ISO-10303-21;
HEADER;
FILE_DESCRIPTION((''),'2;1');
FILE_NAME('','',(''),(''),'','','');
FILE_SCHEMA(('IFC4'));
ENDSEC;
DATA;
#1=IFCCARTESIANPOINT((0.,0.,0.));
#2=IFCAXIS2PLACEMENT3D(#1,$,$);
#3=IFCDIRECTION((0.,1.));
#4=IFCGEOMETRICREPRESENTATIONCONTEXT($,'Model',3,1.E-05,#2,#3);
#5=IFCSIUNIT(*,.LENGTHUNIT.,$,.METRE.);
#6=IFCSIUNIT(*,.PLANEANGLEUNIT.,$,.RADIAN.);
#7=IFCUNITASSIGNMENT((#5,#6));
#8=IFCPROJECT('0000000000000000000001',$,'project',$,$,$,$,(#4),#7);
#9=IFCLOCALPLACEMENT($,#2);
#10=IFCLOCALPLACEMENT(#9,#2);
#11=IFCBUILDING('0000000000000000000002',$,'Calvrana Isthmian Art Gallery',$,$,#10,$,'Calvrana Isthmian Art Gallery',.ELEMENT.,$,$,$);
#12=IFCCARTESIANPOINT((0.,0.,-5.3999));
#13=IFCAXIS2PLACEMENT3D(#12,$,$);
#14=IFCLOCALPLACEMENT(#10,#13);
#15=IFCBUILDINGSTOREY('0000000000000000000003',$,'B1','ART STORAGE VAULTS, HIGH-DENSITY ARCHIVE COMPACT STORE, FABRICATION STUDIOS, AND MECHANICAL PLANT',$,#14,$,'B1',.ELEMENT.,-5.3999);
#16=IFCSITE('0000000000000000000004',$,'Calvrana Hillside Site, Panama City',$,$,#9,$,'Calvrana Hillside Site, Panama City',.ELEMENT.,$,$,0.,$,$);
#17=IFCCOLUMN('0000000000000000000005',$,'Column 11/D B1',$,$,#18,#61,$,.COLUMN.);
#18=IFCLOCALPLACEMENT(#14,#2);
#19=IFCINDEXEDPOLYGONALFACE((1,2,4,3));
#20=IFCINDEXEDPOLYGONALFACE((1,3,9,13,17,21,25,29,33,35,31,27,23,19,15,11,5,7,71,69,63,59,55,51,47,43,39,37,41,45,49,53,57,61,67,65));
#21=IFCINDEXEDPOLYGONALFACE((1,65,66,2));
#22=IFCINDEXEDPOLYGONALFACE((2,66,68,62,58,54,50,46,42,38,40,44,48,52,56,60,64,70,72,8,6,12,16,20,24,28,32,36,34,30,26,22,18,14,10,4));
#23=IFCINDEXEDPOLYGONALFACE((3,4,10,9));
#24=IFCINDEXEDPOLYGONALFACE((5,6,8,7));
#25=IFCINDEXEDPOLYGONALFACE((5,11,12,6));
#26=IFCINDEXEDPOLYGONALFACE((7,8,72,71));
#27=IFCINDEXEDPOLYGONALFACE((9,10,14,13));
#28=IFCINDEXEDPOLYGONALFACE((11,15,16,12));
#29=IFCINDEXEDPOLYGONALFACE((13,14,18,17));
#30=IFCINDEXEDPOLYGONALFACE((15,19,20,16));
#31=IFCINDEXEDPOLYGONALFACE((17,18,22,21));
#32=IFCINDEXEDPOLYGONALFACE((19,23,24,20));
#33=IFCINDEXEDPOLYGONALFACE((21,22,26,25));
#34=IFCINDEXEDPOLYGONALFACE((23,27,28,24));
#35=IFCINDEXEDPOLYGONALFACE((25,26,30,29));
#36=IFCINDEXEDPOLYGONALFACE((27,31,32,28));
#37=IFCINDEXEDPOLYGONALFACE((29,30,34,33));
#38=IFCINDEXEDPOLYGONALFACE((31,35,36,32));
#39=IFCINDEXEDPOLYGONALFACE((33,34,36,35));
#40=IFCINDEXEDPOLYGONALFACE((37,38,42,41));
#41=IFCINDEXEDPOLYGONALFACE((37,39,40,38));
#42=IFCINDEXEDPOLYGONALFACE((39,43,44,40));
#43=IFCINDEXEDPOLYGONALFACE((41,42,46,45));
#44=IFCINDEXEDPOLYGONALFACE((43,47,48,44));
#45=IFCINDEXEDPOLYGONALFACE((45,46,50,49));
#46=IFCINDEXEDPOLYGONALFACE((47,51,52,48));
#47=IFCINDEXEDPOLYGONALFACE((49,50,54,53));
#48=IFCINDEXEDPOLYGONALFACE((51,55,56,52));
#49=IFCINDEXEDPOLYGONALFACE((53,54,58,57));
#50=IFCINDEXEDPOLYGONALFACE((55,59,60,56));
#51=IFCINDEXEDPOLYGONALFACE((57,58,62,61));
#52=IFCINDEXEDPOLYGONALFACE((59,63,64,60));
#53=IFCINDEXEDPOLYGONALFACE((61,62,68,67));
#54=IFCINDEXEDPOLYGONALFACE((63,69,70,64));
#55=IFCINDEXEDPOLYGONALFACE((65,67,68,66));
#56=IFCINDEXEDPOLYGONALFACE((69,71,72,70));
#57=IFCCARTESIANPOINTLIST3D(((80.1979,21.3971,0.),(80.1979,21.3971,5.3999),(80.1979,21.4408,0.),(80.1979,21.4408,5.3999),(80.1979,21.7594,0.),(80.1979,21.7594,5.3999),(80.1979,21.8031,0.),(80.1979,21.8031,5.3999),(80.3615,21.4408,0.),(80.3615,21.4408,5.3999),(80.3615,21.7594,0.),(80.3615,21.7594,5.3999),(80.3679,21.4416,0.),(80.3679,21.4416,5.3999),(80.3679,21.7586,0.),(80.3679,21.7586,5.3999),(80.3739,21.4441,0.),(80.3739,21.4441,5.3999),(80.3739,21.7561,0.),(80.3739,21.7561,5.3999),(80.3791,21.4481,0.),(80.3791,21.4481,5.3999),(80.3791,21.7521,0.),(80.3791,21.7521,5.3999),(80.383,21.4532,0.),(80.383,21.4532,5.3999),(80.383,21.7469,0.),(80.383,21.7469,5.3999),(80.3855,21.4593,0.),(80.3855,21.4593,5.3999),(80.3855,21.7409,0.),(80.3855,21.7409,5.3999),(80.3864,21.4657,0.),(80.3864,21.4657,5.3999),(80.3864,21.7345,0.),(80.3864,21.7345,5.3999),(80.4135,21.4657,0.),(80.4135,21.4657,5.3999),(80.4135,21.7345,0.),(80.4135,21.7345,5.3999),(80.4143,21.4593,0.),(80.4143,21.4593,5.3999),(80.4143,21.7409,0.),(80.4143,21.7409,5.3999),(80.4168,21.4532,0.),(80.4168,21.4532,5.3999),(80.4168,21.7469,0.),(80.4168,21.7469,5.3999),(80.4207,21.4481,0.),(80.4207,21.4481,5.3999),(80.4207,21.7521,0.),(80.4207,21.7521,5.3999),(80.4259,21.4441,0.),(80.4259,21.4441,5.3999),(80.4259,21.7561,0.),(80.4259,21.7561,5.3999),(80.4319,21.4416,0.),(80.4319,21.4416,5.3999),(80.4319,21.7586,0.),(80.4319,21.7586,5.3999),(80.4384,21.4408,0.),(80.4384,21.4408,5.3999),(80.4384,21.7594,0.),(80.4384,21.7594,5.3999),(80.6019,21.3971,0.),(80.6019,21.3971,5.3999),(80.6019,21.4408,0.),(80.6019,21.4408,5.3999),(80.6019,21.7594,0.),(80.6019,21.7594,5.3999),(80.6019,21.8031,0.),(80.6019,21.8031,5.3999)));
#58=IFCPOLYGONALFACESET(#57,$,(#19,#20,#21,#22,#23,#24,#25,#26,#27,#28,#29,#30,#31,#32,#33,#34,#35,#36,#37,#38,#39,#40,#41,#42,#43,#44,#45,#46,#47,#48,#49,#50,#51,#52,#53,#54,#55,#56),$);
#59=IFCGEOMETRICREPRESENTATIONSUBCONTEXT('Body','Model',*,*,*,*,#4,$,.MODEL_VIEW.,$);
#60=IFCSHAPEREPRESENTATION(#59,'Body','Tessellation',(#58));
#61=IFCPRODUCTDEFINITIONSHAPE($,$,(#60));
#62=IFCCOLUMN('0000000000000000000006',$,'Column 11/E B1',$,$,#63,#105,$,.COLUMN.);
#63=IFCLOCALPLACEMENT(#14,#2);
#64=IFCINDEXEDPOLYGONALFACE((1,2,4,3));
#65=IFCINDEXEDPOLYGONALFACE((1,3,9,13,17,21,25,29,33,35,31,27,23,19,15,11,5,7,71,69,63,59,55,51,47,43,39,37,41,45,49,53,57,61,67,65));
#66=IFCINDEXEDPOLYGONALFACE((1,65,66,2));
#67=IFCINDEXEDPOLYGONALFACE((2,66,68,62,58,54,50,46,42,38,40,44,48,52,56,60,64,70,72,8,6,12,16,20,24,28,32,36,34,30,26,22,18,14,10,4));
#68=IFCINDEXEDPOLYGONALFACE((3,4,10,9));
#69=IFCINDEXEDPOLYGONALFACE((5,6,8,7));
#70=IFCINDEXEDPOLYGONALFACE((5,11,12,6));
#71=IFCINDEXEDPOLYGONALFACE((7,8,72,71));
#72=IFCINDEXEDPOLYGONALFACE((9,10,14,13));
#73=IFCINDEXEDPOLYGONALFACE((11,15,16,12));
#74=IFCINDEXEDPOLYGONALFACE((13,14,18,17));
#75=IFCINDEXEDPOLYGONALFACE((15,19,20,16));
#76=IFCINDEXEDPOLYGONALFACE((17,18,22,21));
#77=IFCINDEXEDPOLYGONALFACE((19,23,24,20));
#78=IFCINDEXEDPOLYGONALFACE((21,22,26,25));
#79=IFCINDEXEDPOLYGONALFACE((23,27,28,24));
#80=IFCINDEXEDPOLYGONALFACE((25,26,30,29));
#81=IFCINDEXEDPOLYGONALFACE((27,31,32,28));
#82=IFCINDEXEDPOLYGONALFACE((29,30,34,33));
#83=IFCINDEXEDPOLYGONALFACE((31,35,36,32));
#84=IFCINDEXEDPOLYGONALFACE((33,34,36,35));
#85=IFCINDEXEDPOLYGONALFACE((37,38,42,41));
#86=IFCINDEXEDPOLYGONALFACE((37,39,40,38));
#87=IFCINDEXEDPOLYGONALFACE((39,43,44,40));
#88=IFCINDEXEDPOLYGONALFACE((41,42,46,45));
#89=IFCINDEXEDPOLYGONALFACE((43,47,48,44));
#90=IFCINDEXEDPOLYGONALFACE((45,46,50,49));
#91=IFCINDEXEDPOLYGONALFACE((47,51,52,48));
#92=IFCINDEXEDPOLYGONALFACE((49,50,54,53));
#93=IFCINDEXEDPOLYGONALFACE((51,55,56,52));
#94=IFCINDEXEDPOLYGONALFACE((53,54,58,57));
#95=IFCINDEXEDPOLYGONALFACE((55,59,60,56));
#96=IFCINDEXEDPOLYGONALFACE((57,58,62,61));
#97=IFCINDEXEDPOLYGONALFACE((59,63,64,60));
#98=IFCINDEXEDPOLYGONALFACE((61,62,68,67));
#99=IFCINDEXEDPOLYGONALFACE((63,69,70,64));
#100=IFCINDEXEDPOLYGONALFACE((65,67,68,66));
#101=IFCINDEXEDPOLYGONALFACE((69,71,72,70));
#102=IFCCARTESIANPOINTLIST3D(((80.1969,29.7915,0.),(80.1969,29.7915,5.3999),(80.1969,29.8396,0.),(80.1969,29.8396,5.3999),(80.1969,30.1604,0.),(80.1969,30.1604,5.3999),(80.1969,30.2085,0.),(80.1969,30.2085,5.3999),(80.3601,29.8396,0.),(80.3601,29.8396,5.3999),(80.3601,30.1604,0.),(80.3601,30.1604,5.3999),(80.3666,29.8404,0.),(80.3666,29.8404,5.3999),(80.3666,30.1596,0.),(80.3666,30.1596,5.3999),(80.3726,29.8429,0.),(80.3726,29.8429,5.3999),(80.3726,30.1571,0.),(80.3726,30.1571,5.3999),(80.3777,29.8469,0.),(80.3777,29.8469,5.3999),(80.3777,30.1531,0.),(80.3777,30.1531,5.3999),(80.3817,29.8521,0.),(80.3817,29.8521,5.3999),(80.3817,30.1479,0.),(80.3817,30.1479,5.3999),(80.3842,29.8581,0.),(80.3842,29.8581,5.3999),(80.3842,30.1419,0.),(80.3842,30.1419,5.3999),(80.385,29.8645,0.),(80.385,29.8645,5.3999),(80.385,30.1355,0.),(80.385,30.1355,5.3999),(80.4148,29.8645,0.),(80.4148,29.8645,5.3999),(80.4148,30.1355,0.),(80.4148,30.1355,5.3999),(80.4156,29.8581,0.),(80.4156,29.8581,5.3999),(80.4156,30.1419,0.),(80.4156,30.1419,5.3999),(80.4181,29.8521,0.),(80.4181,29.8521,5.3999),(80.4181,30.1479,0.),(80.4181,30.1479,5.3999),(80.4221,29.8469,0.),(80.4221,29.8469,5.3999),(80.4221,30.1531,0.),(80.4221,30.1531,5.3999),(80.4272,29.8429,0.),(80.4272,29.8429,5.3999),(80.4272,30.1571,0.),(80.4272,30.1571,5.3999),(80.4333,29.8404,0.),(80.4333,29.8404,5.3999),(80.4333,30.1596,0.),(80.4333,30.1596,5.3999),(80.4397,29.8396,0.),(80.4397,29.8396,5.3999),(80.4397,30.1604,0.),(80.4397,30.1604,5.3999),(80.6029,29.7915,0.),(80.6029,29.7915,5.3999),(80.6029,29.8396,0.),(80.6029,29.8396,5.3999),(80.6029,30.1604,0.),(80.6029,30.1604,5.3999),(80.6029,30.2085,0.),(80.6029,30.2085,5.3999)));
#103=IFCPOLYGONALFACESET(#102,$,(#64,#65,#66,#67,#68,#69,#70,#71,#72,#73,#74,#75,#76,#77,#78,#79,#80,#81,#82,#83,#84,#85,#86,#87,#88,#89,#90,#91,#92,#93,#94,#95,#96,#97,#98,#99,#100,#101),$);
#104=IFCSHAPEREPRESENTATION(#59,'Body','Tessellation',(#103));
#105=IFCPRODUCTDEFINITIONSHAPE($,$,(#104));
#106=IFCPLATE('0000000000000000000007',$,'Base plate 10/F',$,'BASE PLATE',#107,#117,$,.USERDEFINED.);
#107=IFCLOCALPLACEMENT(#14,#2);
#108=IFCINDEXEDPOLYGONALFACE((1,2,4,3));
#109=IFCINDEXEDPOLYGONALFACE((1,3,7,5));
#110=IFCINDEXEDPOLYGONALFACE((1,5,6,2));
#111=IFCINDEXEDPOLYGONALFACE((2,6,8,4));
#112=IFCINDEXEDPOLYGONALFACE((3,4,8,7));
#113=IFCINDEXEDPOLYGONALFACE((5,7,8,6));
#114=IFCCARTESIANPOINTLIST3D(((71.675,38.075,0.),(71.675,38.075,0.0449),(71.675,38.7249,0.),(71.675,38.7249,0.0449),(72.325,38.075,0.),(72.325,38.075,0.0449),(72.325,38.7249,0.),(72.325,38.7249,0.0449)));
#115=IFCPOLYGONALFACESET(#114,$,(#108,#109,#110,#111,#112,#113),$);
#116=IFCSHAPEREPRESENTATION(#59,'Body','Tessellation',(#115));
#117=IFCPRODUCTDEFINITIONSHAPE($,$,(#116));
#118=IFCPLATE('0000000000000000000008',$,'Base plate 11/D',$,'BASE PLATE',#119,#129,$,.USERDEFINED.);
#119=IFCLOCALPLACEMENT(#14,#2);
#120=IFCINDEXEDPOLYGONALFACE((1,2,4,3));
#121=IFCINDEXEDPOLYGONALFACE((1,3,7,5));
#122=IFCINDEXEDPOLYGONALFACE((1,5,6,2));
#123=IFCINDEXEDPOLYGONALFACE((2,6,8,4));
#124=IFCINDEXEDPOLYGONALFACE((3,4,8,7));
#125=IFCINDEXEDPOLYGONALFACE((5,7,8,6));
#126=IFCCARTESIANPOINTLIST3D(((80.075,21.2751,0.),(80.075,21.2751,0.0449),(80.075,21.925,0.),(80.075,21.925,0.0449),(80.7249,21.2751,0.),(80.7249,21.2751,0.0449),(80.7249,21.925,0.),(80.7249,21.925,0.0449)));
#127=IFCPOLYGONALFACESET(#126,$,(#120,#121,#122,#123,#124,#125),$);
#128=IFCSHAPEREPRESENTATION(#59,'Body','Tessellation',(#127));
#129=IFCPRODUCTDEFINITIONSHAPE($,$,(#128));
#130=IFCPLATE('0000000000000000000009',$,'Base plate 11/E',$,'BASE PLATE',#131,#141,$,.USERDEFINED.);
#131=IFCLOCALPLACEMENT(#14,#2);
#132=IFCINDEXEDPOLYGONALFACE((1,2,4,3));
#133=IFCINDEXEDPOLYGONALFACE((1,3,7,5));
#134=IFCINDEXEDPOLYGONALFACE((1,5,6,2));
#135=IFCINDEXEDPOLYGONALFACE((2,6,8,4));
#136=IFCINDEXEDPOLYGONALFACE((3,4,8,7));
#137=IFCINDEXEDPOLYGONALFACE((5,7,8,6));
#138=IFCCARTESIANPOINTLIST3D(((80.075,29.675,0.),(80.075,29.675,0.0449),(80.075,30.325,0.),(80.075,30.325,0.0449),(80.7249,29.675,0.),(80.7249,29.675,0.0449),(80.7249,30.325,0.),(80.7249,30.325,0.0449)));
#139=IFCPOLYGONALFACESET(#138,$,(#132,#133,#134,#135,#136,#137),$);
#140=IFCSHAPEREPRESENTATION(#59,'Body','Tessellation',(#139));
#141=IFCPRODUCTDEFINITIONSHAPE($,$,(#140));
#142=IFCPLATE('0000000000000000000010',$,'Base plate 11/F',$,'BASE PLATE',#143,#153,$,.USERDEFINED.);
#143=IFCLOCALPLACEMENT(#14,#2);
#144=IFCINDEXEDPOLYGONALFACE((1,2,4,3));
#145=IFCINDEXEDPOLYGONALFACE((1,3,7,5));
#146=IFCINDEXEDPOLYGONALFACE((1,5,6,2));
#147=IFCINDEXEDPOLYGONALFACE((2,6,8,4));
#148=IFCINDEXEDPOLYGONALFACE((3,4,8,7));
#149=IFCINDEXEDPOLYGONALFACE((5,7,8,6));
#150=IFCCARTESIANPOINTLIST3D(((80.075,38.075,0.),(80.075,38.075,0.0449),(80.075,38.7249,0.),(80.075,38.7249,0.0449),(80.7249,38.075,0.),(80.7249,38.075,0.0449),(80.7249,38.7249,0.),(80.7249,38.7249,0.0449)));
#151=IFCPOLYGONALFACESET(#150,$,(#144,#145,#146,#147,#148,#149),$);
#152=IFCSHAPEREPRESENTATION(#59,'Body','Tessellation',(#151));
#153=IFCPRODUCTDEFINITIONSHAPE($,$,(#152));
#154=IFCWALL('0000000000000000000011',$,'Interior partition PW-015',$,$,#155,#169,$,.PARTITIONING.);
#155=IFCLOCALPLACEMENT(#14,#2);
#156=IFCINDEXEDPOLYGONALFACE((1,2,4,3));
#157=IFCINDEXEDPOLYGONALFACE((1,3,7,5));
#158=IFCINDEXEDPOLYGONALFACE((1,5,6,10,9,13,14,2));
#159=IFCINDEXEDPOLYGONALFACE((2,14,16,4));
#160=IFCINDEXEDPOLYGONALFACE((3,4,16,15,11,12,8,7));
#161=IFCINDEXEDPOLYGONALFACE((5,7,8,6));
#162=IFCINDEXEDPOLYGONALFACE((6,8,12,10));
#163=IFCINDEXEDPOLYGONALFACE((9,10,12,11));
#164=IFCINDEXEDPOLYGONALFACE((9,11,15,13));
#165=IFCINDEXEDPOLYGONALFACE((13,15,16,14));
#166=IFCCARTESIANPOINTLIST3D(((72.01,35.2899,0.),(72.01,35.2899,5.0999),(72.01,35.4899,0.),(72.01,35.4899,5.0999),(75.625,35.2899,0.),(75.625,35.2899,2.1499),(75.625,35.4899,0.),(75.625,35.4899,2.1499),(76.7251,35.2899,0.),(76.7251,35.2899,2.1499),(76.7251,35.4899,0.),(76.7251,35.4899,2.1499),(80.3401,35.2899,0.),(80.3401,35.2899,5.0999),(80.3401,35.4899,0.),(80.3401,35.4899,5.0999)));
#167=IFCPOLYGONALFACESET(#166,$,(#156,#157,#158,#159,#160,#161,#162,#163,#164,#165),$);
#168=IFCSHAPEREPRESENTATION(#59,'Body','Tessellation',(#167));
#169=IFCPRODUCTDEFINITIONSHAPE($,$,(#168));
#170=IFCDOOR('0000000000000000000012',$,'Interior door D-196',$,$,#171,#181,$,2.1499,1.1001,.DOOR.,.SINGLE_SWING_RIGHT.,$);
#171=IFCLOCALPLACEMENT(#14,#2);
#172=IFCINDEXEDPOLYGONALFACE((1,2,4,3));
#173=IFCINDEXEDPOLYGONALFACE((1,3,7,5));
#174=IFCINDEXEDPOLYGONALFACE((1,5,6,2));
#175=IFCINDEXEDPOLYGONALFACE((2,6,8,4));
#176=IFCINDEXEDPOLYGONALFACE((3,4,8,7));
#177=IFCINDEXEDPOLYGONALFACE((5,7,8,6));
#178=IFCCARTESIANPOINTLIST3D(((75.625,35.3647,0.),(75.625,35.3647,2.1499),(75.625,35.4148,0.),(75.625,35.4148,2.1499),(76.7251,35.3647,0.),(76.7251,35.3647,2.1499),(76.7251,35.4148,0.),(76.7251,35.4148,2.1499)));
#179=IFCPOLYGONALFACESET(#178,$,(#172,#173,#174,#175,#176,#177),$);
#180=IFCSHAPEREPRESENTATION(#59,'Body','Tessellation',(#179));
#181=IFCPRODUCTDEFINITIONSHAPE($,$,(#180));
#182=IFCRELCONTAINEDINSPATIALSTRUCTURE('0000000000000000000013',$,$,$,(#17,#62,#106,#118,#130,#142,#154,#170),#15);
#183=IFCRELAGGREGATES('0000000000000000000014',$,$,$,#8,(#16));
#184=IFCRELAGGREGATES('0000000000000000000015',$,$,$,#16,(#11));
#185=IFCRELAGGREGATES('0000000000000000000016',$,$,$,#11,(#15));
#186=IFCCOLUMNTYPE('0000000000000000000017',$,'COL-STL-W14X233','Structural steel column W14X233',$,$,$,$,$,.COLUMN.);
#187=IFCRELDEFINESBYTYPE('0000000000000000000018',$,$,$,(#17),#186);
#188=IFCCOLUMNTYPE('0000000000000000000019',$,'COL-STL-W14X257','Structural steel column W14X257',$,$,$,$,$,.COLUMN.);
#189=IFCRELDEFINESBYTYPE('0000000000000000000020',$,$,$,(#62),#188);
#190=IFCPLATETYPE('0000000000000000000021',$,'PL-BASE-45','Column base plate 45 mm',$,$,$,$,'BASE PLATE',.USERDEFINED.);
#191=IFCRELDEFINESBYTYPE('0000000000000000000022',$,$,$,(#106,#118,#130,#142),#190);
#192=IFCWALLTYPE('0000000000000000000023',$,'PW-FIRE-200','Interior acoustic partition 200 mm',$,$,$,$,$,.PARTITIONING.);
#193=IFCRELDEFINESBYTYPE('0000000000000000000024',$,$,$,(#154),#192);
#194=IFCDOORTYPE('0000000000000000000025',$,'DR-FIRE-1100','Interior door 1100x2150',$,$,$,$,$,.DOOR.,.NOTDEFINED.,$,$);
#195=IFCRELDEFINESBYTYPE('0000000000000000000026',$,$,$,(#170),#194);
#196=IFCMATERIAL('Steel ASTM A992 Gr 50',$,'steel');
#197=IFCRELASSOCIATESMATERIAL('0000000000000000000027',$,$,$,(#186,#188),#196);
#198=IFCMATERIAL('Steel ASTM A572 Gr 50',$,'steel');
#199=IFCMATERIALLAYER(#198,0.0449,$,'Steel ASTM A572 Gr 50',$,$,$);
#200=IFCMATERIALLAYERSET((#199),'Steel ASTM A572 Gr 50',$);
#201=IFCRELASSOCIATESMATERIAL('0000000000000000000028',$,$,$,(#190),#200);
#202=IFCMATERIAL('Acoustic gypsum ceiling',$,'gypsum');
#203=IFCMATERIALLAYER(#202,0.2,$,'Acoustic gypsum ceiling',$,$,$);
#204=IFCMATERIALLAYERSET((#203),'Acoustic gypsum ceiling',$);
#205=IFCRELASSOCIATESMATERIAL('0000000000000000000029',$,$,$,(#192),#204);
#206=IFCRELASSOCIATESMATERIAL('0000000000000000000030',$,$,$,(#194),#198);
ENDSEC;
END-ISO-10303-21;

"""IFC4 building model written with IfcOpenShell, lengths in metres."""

from ifc_helpers import new_model, si_unit, direction, frame, frame_2d, origin, origin_2d, place, context, subcontext, project, spatial, rectangle, i_section, extrude, material, layer, layer_set, material_profile, profile_set, type_object, element, fill, save


model = new_model("IFC4")

# Units and contexts
model_context = context("Model", 3, precision=1e-05, world=origin(), true_north=direction((0.0, 1.0)))
body_context = subcontext(model_context, "Body", "Model", "MODEL_VIEW")
ifc_project = project(units=[si_unit("LENGTHUNIT", "METRE"), si_unit("PLANEANGLEUNIT", "RADIAN")], contexts=[model_context])

# Site, building, storey
site_placement = place(None, origin())
site = spatial("IfcSite", under=ifc_project, at=site_placement, Name="Calvrana Hillside Site, Panama City", LongName="Calvrana Hillside Site, Panama City", CompositionType="ELEMENT", RefElevation=0.0)
building_placement = place(site_placement, origin())
building = spatial("IfcBuilding", under=site, at=building_placement, Name="Calvrana Isthmian Art Gallery", LongName="Calvrana Isthmian Art Gallery", CompositionType="ELEMENT")
storey_placement = place(building_placement, frame((0.0, 0.0, -5.3999)))
storey = spatial("IfcBuildingStorey", under=building, at=storey_placement, Name="B1", Description="ART STORAGE VAULTS, HIGH-DENSITY ARCHIVE COMPACT STORE, FABRICATION STUDIOS, AND MECHANICAL PLANT", LongName="B1", CompositionType="ELEMENT", Elevation=-5.3999)

# Columns
ifc_material_1 = material(Name="Steel ASTM A992 Gr 50", Category="steel")
ifc_material_profile_1 = material_profile(ifc_material_1, i_section(OverallWidth=0.4041, OverallDepth=0.406, WebThickness=0.0271, FlangeThickness=0.0437, FilletRadius=0.0249, at=origin_2d()), Name="W14X233")
ifc_profile_set_1 = profile_set([ifc_material_profile_1], Name="Steel ASTM A992 Gr 50")
column_type_1 = type_object("IfcColumnType", Name="COL-STL-W14X233", Description="Structural steel column W14X233", PredefinedType="COLUMN", material=ifc_profile_set_1)
column_1_placement = place(storey_placement, frame((80.3999, 21.6001, 0.0), z_axis=(0.0, 0.0, 1.0), x_axis=(1.0, 0.0, 0.0)))
element("IfcColumn", 1, at=column_1_placement, inside=storey, type_object=column_type_1, Name="Column 11/D B1", PredefinedType="COLUMN", context=body_context, shape_type="SweptSolid", body=[
    extrude(i_section(OverallWidth=0.4041, OverallDepth=0.406, WebThickness=0.0271, FlangeThickness=0.0437, FilletRadius=0.0249, at=origin_2d()), origin(), (0.0, 0.0, 1.0), 5.3999),
])
ifc_material_profile_2 = material_profile(ifc_material_1, i_section(OverallWidth=0.406, OverallDepth=0.417, WebThickness=0.0298, FlangeThickness=0.0481, FilletRadius=0.0249, at=origin_2d()), Name="W14X257")
ifc_profile_set_2 = profile_set([ifc_material_profile_2], Name="Steel ASTM A992 Gr 50")
column_type_2 = type_object("IfcColumnType", Name="COL-STL-W14X257", Description="Structural steel column W14X257", PredefinedType="COLUMN", material=ifc_profile_set_2)
column_2_placement = place(storey_placement, frame((80.3999, 30.0, 0.0), z_axis=(0.0, 0.0, 1.0), x_axis=(1.0, 0.0, 0.0)))
element("IfcColumn", 2, at=column_2_placement, inside=storey, type_object=column_type_2, Name="Column 11/E B1", PredefinedType="COLUMN", context=body_context, shape_type="SweptSolid", body=[
    extrude(i_section(OverallWidth=0.406, OverallDepth=0.417, WebThickness=0.0298, FlangeThickness=0.0481, FilletRadius=0.0249, at=origin_2d()), origin(), (0.0, 0.0, 1.0), 5.3999),
])

# Plates
ifc_material_2 = material(Name="Steel ASTM A572 Gr 50", Category="steel")
ifc_layer_1 = layer(ifc_material_2, 0.0449, Name="Steel ASTM A572 Gr 50")
ifc_layer_set_1 = layer_set([ifc_layer_1], Name="Steel ASTM A572 Gr 50")
plate_type = type_object("IfcPlateType", Name="PL-BASE-45", Description="Column base plate 45 mm", ElementType="BASE PLATE", PredefinedType="USERDEFINED", material=ifc_layer_set_1)
for number, where, z_axis, x_axis, name in (
    (3, (72.0, 38.3999, 0.0), (0.0, 0.0, 1.0), (1.0, 0.0, 0.0), "Base plate 10/F"),
    (4, (80.3999, 21.6001, 0.0), (0.0, 0.0, 1.0), (1.0, 0.0, 0.0), "Base plate 11/D"),
    (5, (80.3999, 30.0, 0.0), (0.0, 0.0, 1.0), (1.0, 0.0, 0.0), "Base plate 11/E"),
    (6, (80.3999, 38.3999, 0.0), (0.0, 0.0, 1.0), (1.0, 0.0, 0.0), "Base plate 11/F"),
):
    element("IfcPlate", number, at=place(storey_placement, frame(where, z_axis=z_axis, x_axis=x_axis)), inside=storey, type_object=plate_type, Name=name, ObjectType="BASE PLATE", PredefinedType="USERDEFINED", context=body_context, shape_type="SweptSolid", body=[
        extrude(rectangle(XDim=0.6499, YDim=0.6499, at=origin_2d()), origin(), (0.0, 0.0, 1.0), 0.0449),
    ])

# Wall, opening, door
ifc_material_3 = material(Name="Acoustic gypsum ceiling", Category="gypsum")
ifc_layer_2 = layer(ifc_material_3, 0.2, Name="Acoustic gypsum ceiling")
ifc_layer_set_2 = layer_set([ifc_layer_2], Name="Acoustic gypsum ceiling")
wall_type_1 = type_object("IfcWallType", Name="PW-FIRE-200", Description="Interior acoustic partition 200 mm", PredefinedType="PARTITIONING", material=ifc_layer_set_2)
wall_1_placement = place(storey_placement, frame((72.01, 35.3899, 0.0), z_axis=(0.0, 0.0, 1.0), x_axis=(1.0, 0.0, 0.0)))
wall_1 = element("IfcWall", 7, at=wall_1_placement, inside=storey, type_object=wall_type_1, Name="Interior partition PW-015", PredefinedType="PARTITIONING", context=body_context, shape_type="SweptSolid", body=[
    extrude(rectangle(XDim=8.3301, YDim=0.2, at=frame_2d((4.165, 0.0))), origin(), (0.0, 0.0, 1.0), 5.0999),
])
opening_1_placement = place(wall_1_placement, frame((3.615, 0.0, 0.0)))
opening_1 = element("IfcOpeningElement", 8, at=opening_1_placement, cuts=wall_1, PredefinedType="OPENING", context=body_context, shape_type="SweptSolid", body=[
    extrude(rectangle(XDim=1.1001, YDim=2.1499, at=frame_2d((0.55, 1.075))), frame((0.0, 0.1104, 0.0), z_axis=(0.0, -1.0, 0.0), x_axis=(1.0, 0.0, 0.0)), (0.0, 0.0, 1.0), 0.2205),
])
door_type_1 = type_object("IfcDoorType", Name="DR-FIRE-1100", Description="Interior door 1100x2150", OperationType="NOTDEFINED", PredefinedType="DOOR", material=ifc_material_2)
door_1_placement = place(opening_1_placement, origin())
door_1 = element("IfcDoor", 9, at=door_1_placement, inside=storey, type_object=door_type_1, Name="Interior door D-196", OperationType="SINGLE_SWING_RIGHT", OverallHeight=2.1499, OverallWidth=1.1001, PredefinedType="DOOR", context=body_context, shape_type="SweptSolid", body=[
    extrude(rectangle(XDim=1.1001, YDim=2.1499, at=frame_2d((0.55, 1.075))), frame((0.0, 0.0249, 0.0), z_axis=(0.0, -1.0, 0.0), x_axis=(1.0, 0.0, 0.0)), (0.0, 0.0, 1.0), 0.05),
])
fill(opening_1, door_1)

save(model, "model.ifc")
